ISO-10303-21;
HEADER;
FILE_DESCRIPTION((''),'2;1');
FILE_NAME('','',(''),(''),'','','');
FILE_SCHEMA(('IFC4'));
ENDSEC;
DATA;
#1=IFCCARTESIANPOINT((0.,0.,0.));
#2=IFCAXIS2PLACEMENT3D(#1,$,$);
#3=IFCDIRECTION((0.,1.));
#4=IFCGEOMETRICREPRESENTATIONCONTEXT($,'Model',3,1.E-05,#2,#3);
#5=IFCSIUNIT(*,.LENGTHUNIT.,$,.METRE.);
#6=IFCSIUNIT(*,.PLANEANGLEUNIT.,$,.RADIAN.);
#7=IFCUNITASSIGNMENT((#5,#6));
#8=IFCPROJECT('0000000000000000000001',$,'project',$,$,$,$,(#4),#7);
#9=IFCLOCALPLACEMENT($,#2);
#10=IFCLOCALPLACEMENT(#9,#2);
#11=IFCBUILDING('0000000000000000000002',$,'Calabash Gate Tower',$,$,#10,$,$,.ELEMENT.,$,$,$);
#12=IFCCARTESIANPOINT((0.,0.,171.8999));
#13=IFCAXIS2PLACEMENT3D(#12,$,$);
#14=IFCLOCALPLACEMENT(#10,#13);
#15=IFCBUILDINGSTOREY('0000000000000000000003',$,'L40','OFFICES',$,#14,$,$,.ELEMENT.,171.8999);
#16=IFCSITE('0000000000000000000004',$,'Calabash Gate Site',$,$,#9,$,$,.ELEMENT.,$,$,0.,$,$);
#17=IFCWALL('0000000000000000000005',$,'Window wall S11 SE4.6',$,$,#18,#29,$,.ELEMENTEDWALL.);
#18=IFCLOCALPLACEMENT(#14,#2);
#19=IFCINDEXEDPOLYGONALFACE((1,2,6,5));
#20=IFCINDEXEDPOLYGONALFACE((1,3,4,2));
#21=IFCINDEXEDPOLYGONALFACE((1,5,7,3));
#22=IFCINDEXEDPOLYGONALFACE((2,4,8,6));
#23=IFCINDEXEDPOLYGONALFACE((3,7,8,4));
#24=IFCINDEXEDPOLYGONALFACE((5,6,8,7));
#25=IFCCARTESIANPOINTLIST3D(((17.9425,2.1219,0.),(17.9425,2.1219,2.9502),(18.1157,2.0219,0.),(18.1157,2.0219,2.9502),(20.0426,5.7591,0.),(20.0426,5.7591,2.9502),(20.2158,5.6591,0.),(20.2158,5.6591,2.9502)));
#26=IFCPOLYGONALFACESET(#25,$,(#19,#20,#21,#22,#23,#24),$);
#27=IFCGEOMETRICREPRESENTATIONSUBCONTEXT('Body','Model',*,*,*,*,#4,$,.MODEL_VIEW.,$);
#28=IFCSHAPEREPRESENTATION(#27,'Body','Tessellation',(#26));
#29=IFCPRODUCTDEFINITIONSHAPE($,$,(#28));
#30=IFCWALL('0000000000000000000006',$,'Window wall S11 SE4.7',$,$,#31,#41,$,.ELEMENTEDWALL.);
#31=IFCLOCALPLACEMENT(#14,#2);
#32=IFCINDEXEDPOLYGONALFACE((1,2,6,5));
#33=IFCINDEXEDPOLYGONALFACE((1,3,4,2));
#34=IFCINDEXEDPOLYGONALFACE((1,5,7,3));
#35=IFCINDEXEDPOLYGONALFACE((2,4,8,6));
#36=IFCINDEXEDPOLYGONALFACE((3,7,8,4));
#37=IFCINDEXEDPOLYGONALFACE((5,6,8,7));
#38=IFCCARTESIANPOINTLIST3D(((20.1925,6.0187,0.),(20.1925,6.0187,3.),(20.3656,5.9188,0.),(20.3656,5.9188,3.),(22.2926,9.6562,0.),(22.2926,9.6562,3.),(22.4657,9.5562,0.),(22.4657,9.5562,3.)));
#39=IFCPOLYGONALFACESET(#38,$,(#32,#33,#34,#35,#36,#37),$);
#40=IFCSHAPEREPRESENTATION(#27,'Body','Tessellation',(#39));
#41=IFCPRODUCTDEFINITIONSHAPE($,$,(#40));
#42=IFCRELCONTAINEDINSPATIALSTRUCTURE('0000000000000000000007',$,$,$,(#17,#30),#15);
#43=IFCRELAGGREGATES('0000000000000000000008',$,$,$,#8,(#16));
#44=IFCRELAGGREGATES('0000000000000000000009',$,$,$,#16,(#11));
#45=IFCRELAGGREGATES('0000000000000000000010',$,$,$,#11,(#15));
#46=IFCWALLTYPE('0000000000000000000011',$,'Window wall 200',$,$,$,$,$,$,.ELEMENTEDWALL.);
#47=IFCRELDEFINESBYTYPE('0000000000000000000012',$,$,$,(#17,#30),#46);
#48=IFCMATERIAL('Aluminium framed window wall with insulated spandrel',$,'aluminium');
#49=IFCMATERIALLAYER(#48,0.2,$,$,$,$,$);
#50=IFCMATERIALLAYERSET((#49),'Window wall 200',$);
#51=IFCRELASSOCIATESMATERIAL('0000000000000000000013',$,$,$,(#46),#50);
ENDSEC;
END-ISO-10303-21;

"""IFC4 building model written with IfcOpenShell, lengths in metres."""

from ifc_helpers import new_model, si_unit, direction, frame, frame_2d, origin, place, context, subcontext, project, spatial, rectangle, extrude, material, layer, layer_set, type_object, element, save


model = new_model("IFC4")

# Units and contexts
model_context = context("Model", 3, precision=1e-05, world=origin(), true_north=direction((0.0, 1.0)))
body_context = subcontext(model_context, "Body", "Model", "MODEL_VIEW")
ifc_project = project(units=[si_unit("LENGTHUNIT", "METRE"), si_unit("PLANEANGLEUNIT", "RADIAN")], contexts=[model_context])

# Site, building, storey
site_placement = place(None, origin())
site = spatial("IfcSite", under=ifc_project, at=site_placement, Name="Calabash Gate Site", CompositionType="ELEMENT", RefElevation=0.0)
building_placement = place(site_placement, origin())
building = spatial("IfcBuilding", under=site, at=building_placement, Name="Calabash Gate Tower", CompositionType="ELEMENT")
storey_placement = place(building_placement, frame((0.0, 0.0, 171.8999)))
storey = spatial("IfcBuildingStorey", under=building, at=storey_placement, Name="L40", Description="OFFICES", CompositionType="ELEMENT", Elevation=171.8999)

# Walls
ifc_material_1 = material(Name="Aluminium framed window wall with insulated spandrel", Category="aluminium")
ifc_layer_1 = layer(ifc_material_1, 0.2)
ifc_layer_set_1 = layer_set([ifc_layer_1], Name="Window wall 200")
wall_type_1 = type_object("IfcWallType", Name="Window wall 200", PredefinedType="ELEMENTEDWALL", material=ifc_layer_set_1)
wall_1_placement = place(storey_placement, frame((18.0291, 2.0718, 0.0), z_axis=(0.0, 0.0, 1.0), x_axis=(0.500028, 0.866009, 0.0)))
element("IfcWall", 1, at=wall_1_placement, inside=storey, type_object=wall_type_1, Name="Window wall S11 SE4.6", PredefinedType="ELEMENTEDWALL", context=body_context, shape_type="SweptSolid", body=[
    extrude(rectangle(XDim=4.2, YDim=0.2, at=frame_2d((2.1001, 0.0))), origin(), (0.0, 0.0, 1.0), 2.9502),
])
wall_2_placement = place(storey_placement, frame((20.2791, 5.9688, 0.0), z_axis=(0.0, 0.0, 1.0), x_axis=(0.500003, 0.866024, 0.0)))
element("IfcWall", 2, at=wall_2_placement, inside=storey, type_object=wall_type_1, Name="Window wall S11 SE4.7", PredefinedType="ELEMENTEDWALL", context=body_context, shape_type="SweptSolid", body=[
    extrude(rectangle(XDim=4.2002, YDim=0.2, at=frame_2d((2.1001, 0.0))), origin(), (0.0, 0.0, 1.0), 3.0),
])

save(model, "model.ifc")
